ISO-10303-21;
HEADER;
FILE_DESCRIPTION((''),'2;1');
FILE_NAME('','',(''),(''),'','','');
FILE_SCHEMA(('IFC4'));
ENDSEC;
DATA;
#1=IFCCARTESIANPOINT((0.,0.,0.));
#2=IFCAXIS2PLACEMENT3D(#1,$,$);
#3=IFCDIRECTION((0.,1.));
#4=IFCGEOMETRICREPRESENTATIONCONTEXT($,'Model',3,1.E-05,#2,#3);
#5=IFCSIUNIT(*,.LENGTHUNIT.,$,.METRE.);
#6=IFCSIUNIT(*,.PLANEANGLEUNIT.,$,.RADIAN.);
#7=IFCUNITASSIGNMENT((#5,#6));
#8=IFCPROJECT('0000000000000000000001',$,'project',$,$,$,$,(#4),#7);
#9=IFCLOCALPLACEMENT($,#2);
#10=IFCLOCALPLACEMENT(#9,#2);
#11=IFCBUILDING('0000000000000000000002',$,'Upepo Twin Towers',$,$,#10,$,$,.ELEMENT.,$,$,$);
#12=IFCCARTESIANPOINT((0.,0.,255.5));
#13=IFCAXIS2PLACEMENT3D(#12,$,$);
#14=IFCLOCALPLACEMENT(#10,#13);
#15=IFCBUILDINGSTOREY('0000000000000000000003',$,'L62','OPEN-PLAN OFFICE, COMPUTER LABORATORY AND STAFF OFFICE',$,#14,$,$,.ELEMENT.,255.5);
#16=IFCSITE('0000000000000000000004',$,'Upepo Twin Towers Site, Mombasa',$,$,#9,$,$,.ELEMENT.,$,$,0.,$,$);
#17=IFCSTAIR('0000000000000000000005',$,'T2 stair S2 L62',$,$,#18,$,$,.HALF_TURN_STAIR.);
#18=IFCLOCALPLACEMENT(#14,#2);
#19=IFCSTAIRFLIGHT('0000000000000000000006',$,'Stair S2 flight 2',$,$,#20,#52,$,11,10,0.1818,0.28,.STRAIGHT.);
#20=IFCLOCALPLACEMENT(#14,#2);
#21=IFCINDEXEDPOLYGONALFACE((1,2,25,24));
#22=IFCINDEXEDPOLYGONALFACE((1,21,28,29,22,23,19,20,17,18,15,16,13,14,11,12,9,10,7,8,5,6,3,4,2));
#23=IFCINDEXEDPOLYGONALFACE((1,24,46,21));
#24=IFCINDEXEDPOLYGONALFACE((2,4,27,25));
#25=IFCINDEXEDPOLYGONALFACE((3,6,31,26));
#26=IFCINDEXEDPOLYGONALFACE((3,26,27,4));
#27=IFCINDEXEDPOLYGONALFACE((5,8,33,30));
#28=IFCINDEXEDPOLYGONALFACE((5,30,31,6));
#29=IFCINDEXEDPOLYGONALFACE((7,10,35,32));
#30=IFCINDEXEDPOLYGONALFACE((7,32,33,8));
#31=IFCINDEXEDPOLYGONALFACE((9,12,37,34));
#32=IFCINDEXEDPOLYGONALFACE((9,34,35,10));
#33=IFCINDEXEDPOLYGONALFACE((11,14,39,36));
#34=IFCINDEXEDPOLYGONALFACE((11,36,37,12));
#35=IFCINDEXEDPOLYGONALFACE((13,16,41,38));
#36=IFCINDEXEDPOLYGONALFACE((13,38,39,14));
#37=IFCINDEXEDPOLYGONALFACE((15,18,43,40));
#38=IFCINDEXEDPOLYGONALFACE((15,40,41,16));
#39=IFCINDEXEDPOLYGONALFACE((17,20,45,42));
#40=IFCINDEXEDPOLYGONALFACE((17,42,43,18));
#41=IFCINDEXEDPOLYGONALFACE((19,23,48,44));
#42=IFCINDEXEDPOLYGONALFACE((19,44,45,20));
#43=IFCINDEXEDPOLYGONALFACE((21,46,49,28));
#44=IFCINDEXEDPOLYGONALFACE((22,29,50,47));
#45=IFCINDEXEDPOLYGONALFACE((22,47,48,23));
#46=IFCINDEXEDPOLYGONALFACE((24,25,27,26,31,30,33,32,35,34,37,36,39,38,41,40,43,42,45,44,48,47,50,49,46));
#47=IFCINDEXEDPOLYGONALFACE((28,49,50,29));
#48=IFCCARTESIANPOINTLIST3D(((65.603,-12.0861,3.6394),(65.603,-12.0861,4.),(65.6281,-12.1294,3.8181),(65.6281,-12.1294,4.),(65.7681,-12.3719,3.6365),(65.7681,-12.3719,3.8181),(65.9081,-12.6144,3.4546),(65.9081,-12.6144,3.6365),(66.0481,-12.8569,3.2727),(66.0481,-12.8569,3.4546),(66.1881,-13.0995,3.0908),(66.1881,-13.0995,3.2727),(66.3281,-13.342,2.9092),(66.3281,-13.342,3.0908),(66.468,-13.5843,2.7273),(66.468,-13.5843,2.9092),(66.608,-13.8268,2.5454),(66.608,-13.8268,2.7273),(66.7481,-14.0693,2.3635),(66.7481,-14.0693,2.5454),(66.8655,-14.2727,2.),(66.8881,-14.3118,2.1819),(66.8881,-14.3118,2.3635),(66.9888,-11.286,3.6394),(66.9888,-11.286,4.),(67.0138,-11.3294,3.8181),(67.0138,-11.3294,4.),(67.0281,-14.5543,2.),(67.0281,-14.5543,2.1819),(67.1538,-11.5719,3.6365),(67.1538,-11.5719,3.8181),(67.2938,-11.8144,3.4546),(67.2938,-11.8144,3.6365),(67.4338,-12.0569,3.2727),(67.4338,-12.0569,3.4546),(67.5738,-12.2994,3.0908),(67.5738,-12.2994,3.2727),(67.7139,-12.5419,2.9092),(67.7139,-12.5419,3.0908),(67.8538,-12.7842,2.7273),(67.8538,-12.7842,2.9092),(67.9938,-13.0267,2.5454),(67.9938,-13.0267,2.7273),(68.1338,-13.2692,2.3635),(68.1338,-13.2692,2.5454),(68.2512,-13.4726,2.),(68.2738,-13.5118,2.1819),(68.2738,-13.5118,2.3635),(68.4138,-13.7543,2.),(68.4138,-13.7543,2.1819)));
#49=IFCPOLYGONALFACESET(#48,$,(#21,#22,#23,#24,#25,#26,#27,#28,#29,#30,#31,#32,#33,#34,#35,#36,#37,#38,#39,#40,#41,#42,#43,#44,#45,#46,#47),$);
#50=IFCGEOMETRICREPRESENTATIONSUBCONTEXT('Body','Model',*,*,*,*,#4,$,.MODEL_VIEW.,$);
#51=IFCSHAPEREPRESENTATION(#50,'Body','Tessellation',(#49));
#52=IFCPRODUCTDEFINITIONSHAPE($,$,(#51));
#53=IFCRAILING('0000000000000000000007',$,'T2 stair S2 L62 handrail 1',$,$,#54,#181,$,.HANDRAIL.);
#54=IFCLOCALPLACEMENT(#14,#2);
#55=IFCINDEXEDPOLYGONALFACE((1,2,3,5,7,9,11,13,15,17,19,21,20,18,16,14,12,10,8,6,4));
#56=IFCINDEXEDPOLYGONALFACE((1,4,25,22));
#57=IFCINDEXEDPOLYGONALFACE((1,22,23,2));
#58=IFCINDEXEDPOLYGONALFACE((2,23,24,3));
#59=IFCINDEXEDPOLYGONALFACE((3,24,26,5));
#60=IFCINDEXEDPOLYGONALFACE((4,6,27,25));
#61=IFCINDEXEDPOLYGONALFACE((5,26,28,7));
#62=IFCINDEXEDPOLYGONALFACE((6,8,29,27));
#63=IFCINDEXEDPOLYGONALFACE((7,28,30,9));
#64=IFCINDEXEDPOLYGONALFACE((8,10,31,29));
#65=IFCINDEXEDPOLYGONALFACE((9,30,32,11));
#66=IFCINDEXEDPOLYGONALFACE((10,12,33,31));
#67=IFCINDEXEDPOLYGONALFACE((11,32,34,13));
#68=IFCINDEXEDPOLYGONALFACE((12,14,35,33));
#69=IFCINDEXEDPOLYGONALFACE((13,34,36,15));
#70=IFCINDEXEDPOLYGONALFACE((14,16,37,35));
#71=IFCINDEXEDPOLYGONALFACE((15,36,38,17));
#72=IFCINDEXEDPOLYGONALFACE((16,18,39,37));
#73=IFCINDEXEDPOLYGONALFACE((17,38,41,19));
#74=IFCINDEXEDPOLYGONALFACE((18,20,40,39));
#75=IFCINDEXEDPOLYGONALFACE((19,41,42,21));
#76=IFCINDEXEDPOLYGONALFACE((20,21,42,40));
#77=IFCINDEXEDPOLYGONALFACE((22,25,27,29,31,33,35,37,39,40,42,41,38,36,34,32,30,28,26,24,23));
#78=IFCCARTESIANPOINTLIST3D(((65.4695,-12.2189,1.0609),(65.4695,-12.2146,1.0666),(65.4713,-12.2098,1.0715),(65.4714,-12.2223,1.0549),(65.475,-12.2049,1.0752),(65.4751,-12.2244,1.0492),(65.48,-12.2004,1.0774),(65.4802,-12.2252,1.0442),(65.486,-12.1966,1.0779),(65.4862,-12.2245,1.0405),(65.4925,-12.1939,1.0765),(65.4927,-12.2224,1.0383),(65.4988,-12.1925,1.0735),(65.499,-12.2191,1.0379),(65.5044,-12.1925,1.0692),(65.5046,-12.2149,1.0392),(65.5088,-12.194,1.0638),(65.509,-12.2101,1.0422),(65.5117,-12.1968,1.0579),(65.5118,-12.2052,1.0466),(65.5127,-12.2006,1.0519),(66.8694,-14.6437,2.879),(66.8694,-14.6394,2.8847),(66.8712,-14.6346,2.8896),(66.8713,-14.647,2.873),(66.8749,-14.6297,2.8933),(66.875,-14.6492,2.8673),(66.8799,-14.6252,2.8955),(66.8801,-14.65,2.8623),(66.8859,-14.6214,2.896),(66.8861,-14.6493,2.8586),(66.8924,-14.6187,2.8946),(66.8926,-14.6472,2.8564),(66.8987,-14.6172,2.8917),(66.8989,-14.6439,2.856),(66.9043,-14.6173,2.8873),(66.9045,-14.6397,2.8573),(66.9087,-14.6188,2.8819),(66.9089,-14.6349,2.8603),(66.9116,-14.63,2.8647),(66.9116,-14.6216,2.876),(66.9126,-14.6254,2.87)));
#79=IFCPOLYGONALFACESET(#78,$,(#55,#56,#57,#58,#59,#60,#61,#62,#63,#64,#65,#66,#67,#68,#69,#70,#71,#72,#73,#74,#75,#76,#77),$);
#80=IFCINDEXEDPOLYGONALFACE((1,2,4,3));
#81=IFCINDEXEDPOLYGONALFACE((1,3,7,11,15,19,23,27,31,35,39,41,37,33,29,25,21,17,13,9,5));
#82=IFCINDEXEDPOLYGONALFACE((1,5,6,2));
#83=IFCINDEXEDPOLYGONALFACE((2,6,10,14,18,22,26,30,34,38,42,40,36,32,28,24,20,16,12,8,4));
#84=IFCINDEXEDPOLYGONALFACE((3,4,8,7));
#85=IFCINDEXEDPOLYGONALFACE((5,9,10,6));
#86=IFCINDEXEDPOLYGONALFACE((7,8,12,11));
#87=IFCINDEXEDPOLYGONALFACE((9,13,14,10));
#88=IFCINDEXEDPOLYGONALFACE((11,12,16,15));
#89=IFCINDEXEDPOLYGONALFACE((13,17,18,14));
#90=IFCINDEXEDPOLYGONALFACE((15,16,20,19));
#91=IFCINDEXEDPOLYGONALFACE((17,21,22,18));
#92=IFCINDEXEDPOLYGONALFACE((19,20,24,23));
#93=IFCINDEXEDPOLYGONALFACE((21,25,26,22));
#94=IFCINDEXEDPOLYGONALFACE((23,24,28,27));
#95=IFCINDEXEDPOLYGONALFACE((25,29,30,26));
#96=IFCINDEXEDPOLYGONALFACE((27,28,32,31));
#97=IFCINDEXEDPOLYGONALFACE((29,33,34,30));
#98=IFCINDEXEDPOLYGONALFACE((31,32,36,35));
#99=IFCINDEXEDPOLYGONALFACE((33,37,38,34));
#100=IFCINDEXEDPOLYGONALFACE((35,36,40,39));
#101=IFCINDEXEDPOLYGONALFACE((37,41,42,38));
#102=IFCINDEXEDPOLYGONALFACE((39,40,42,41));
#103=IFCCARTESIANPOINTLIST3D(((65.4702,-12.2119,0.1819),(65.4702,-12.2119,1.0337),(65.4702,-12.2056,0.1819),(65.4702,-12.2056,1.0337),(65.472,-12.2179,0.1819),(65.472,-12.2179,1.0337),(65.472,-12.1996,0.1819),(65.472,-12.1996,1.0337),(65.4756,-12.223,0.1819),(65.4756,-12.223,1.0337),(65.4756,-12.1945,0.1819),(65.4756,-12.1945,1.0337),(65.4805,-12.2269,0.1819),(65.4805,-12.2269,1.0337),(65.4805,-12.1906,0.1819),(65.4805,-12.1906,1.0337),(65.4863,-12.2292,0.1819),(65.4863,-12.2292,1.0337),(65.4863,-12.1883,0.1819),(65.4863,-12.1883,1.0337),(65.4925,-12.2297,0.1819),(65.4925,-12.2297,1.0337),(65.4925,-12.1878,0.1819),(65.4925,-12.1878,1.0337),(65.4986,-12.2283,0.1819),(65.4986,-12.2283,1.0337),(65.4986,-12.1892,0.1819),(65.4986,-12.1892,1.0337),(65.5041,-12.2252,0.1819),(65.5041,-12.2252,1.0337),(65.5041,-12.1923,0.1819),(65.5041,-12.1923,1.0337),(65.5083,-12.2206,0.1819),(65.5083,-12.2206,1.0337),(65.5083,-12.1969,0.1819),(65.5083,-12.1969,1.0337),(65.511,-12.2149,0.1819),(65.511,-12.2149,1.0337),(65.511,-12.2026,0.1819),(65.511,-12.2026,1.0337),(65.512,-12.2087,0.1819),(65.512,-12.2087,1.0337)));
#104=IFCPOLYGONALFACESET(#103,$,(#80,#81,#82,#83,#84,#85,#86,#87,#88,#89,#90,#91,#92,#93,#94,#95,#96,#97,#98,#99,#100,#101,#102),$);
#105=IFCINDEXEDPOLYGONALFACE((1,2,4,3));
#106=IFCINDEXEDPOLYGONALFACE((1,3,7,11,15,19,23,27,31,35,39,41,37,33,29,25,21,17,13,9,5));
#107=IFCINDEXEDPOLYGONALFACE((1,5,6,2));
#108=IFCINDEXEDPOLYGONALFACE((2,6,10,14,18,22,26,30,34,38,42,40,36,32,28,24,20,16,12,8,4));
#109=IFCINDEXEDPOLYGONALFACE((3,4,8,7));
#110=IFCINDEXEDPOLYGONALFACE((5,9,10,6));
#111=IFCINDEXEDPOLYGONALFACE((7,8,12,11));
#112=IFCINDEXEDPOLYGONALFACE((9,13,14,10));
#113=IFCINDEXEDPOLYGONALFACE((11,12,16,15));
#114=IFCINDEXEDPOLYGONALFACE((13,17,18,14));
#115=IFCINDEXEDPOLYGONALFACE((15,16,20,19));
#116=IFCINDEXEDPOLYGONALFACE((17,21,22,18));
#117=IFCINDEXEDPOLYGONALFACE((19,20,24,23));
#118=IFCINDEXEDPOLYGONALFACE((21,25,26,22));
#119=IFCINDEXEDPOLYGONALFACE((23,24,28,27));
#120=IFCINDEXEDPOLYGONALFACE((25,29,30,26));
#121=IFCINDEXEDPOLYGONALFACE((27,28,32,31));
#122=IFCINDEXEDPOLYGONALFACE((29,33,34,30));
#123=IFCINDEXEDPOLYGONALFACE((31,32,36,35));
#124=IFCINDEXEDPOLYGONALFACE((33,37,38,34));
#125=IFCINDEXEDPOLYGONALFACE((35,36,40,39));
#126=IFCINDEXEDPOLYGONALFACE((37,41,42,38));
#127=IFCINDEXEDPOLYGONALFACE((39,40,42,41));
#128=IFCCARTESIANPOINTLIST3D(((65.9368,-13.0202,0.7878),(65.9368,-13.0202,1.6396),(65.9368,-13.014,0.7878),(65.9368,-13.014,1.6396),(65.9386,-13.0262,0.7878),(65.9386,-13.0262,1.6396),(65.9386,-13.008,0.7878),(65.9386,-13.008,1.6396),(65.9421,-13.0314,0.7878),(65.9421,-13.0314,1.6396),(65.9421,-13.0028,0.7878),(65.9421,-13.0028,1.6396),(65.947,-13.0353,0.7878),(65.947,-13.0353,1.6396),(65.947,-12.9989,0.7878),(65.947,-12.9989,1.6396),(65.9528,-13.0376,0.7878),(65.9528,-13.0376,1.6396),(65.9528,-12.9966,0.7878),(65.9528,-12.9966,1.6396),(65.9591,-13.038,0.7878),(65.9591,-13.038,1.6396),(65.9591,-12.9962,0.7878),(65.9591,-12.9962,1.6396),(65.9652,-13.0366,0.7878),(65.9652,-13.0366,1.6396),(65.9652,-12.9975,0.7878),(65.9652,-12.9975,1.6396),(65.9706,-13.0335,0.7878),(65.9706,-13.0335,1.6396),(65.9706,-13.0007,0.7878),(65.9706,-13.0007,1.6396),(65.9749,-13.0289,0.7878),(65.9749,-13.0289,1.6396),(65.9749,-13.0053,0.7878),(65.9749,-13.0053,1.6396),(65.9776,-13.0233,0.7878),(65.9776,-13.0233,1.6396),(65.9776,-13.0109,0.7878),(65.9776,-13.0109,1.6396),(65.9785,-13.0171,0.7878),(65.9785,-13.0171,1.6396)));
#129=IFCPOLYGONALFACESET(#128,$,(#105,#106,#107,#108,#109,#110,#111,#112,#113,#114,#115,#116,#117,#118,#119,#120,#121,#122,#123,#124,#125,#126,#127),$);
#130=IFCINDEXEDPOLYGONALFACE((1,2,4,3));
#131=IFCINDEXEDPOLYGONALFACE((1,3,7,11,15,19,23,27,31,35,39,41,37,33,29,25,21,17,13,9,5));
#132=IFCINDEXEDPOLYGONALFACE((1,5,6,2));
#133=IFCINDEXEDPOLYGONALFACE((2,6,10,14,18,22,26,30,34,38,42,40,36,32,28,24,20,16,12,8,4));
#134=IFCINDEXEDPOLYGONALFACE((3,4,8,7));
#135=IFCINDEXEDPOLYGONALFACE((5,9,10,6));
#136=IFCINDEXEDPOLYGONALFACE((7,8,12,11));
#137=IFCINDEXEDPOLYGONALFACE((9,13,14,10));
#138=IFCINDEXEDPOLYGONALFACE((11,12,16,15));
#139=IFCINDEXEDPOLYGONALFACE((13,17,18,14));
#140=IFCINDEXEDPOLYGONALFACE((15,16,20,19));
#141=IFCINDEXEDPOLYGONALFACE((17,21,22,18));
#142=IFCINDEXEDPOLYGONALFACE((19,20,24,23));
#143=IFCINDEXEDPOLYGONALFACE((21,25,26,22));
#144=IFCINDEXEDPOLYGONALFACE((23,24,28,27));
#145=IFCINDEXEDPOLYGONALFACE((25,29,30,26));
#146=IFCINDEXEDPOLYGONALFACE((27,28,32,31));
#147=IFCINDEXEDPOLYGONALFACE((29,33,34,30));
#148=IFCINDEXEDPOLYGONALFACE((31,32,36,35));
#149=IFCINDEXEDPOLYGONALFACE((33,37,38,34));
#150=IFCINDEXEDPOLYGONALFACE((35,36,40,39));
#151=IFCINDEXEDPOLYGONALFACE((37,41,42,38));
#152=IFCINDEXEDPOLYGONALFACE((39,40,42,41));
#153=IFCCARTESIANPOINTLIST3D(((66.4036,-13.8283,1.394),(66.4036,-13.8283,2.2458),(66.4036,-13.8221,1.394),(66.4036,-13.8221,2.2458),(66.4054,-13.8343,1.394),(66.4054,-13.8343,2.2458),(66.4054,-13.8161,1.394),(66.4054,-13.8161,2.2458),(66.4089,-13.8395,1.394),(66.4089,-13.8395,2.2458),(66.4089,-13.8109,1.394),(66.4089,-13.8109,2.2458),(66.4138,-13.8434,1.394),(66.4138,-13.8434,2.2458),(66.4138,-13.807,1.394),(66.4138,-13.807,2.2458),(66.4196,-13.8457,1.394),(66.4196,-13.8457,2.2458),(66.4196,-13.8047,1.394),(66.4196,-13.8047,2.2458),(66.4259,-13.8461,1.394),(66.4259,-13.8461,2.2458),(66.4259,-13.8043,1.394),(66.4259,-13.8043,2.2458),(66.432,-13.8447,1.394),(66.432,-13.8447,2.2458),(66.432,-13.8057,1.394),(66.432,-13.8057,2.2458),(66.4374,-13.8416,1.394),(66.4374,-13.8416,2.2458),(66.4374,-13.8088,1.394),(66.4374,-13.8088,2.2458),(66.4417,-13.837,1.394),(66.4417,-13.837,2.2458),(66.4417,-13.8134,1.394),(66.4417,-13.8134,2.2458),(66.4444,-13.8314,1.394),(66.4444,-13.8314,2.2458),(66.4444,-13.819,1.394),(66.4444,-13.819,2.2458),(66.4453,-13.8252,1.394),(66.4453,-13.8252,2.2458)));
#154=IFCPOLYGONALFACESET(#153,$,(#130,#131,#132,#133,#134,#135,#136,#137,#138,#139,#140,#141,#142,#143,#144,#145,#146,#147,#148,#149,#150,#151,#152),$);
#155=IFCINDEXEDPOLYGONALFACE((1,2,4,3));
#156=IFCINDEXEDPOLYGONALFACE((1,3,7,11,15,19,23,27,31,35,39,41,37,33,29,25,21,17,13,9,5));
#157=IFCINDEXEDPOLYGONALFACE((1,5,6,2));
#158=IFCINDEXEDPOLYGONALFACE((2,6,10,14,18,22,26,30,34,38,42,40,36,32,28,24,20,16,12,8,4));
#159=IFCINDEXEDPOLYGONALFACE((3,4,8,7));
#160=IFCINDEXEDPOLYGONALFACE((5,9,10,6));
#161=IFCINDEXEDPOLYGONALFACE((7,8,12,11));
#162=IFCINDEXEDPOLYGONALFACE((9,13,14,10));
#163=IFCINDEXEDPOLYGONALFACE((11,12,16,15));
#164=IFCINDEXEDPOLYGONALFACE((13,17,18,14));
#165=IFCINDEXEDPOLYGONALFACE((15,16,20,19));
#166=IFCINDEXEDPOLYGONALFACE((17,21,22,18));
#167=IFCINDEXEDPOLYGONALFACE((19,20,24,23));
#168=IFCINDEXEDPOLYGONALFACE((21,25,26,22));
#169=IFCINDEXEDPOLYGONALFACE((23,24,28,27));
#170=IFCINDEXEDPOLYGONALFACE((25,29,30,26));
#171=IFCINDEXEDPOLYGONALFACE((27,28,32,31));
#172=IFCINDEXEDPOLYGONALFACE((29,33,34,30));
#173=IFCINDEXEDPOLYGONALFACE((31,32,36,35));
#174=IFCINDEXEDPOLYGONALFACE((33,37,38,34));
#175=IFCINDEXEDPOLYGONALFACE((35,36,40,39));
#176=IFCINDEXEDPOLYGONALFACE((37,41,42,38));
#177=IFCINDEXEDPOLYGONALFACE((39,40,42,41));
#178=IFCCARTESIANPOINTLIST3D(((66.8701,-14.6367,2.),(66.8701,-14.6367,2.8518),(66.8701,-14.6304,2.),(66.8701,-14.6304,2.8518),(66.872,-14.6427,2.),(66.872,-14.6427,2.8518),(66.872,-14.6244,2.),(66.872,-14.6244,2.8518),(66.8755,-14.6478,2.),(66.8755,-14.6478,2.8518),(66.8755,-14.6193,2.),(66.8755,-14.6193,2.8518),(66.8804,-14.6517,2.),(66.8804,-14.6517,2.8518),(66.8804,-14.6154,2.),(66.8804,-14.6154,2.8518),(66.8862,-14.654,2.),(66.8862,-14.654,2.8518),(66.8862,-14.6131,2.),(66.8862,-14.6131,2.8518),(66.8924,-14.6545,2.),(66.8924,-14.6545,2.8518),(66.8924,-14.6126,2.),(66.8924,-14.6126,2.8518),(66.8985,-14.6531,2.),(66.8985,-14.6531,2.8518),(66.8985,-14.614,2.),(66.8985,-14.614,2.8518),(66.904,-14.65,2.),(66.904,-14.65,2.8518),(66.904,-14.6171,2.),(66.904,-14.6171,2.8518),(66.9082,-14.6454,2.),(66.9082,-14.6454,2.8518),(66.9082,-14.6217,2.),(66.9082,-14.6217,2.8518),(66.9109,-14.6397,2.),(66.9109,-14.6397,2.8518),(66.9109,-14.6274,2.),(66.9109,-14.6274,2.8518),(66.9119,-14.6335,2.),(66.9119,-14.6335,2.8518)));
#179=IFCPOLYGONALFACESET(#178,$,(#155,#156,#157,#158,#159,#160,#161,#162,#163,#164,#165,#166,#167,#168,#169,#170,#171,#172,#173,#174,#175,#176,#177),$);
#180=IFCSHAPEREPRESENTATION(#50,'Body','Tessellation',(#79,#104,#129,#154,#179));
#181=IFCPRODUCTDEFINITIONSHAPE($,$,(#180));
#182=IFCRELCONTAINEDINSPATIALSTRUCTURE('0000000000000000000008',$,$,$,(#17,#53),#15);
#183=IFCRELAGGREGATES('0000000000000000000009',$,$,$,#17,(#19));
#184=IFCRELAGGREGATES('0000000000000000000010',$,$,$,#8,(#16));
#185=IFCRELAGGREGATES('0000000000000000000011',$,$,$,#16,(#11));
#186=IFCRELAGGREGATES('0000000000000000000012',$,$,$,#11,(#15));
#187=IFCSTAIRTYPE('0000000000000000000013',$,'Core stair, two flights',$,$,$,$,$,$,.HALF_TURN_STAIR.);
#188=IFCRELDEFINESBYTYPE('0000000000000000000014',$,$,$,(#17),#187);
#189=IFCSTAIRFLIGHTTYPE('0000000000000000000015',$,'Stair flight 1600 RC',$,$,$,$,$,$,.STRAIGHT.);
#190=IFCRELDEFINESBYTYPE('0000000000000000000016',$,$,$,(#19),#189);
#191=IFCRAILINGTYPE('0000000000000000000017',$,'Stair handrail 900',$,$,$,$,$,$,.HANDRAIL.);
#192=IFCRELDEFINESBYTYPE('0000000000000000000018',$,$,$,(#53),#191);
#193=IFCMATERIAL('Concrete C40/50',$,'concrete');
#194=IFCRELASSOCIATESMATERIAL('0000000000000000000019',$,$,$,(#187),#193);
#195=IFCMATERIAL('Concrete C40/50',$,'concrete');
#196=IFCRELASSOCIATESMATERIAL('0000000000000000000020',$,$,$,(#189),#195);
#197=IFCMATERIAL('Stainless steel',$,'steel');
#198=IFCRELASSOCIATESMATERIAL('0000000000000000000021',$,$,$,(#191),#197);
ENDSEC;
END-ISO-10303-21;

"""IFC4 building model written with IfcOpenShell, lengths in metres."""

from ifc_helpers import new_model, si_unit, direction, frame, origin, origin_2d, place, context, subcontext, project, spatial, polyline, circle, outline, extrude, material, type_object, element, aggregate, save


model = new_model("IFC4")

# Units and contexts
model_context = context("Model", 3, precision=1e-05, world=origin(), true_north=direction((0.0, 1.0)))
body_context = subcontext(model_context, "Body", "Model", "MODEL_VIEW")
ifc_project = project(units=[si_unit("LENGTHUNIT", "METRE"), si_unit("PLANEANGLEUNIT", "RADIAN")], contexts=[model_context])

# Site, building, storey
site_placement = place(None, origin())
site = spatial("IfcSite", under=ifc_project, at=site_placement, Name="Upepo Twin Towers Site, Mombasa", CompositionType="ELEMENT", RefElevation=0.0)
building_placement = place(site_placement, origin())
building = spatial("IfcBuilding", under=site, at=building_placement, Name="Upepo Twin Towers", CompositionType="ELEMENT")
storey_placement = place(building_placement, frame((0.0, 0.0, 255.5)))
storey = spatial("IfcBuildingStorey", under=building, at=storey_placement, Name="L62", Description="OPEN-PLAN OFFICE, COMPUTER LABORATORY AND STAFF OFFICE", CompositionType="ELEMENT", Elevation=255.5)

# Stair, stair flight
ifc_material_1 = material(Name="Concrete C40/50", Category="concrete")
stair_type = type_object("IfcStairType", Name="Core stair, two flights", PredefinedType="HALF_TURN_STAIR", material=ifc_material_1)
stair_placement = place(storey_placement, origin())
stair = element("IfcStair", 1, at=stair_placement, inside=storey, type_object=stair_type, Name="T2 stair S2 L62", PredefinedType="HALF_TURN_STAIR")
ifc_material_2 = material(Name="Concrete C40/50", Category="concrete")
stair_flight_type = type_object("IfcStairFlightType", Name="Stair flight 1600 RC", PredefinedType="STRAIGHT", material=ifc_material_2)
stair_flight_1_placement = place(storey_placement, frame((67.7209, -14.1543, 2.0), z_axis=(0.0, 0.0, 1.0), x_axis=(-0.5, 0.866025, 0.0)))
stair_flight_1 = element("IfcStairFlight", 2, at=stair_flight_1_placement, type_object=stair_flight_type, Name="Stair S2 flight 2", NumberOfRisers=11, NumberOfTreads=10, PredefinedType="STRAIGHT", RiserHeight=0.1818, TreadLength=0.28, context=body_context, shape_type="SweptSolid", body=[
    extrude(outline(polyline([(0.0, 0.0), (0.0, 0.1819), (0.28, 0.1819), (0.28, 0.3635), (0.5601, 0.3635), (0.5601, 0.5454), (0.8401, 0.5454), (0.8401, 0.7273), (1.1201, 0.7273), (1.1201, 0.9092), (1.3999, 0.9092), (1.3999, 1.0908), (1.6799, 1.0908), (1.6799, 1.2727), (1.96, 1.2727), (1.96, 1.4546), (2.24, 1.4546), (2.24, 1.6365), (2.52, 1.6365), (2.52, 1.8181), (2.8, 1.8181), (2.8, 2.0), (2.8501, 2.0), (2.8501, 1.6394), (0.3252, 0.0), (0.0, 0.0)])), frame((0.0, 0.8, 0.0), z_axis=(0.0, -1.0, 0.0), x_axis=(1.0, 0.0, 0.0)), (0.0, 0.0, 1.0), 1.6001),
])
aggregate(stair, [stair_flight_1])

# Railing
ifc_material_3 = material(Name="Stainless steel", Category="steel")
railing_type = type_object("IfcRailingType", Name="Stair handrail 900", PredefinedType="HANDRAIL", material=ifc_material_3)
railing_1_placement = place(storey_placement, frame((65.491, -12.2087, 0.1819)))
element("IfcRailing", 3, at=railing_1_placement, inside=storey, type_object=railing_type, Name="T2 stair S2 L62 handrail 1", PredefinedType="HANDRAIL", context=body_context, shape_type="SweptSolid", body=[
    extrude(circle(Radius=0.0239, at=origin_2d()), frame((0.0, 0.0, 0.876), z_axis=(0.419333, -0.726336, 0.544606), x_axis=(0.866035, 0.499984, 0.0)), (0.0, 0.0, 1.0), 3.3384),
    extrude(circle(Radius=0.021, at=origin_2d()), origin(), (0.0, 0.0, 1.0), 0.8518),
    extrude(circle(Radius=0.021, at=origin_2d()), frame((0.4666, -0.8083, 0.606)), (0.0, 0.0, 1.0), 0.8518),
    extrude(circle(Radius=0.021, at=origin_2d()), frame((0.9333, -1.6165, 1.2122)), (0.0, 0.0, 1.0), 0.8518),
    extrude(circle(Radius=0.021, at=origin_2d()), frame((1.3999, -2.4248, 1.8181)), (0.0, 0.0, 1.0), 0.8518),
])

save(model, "model.ifc")
